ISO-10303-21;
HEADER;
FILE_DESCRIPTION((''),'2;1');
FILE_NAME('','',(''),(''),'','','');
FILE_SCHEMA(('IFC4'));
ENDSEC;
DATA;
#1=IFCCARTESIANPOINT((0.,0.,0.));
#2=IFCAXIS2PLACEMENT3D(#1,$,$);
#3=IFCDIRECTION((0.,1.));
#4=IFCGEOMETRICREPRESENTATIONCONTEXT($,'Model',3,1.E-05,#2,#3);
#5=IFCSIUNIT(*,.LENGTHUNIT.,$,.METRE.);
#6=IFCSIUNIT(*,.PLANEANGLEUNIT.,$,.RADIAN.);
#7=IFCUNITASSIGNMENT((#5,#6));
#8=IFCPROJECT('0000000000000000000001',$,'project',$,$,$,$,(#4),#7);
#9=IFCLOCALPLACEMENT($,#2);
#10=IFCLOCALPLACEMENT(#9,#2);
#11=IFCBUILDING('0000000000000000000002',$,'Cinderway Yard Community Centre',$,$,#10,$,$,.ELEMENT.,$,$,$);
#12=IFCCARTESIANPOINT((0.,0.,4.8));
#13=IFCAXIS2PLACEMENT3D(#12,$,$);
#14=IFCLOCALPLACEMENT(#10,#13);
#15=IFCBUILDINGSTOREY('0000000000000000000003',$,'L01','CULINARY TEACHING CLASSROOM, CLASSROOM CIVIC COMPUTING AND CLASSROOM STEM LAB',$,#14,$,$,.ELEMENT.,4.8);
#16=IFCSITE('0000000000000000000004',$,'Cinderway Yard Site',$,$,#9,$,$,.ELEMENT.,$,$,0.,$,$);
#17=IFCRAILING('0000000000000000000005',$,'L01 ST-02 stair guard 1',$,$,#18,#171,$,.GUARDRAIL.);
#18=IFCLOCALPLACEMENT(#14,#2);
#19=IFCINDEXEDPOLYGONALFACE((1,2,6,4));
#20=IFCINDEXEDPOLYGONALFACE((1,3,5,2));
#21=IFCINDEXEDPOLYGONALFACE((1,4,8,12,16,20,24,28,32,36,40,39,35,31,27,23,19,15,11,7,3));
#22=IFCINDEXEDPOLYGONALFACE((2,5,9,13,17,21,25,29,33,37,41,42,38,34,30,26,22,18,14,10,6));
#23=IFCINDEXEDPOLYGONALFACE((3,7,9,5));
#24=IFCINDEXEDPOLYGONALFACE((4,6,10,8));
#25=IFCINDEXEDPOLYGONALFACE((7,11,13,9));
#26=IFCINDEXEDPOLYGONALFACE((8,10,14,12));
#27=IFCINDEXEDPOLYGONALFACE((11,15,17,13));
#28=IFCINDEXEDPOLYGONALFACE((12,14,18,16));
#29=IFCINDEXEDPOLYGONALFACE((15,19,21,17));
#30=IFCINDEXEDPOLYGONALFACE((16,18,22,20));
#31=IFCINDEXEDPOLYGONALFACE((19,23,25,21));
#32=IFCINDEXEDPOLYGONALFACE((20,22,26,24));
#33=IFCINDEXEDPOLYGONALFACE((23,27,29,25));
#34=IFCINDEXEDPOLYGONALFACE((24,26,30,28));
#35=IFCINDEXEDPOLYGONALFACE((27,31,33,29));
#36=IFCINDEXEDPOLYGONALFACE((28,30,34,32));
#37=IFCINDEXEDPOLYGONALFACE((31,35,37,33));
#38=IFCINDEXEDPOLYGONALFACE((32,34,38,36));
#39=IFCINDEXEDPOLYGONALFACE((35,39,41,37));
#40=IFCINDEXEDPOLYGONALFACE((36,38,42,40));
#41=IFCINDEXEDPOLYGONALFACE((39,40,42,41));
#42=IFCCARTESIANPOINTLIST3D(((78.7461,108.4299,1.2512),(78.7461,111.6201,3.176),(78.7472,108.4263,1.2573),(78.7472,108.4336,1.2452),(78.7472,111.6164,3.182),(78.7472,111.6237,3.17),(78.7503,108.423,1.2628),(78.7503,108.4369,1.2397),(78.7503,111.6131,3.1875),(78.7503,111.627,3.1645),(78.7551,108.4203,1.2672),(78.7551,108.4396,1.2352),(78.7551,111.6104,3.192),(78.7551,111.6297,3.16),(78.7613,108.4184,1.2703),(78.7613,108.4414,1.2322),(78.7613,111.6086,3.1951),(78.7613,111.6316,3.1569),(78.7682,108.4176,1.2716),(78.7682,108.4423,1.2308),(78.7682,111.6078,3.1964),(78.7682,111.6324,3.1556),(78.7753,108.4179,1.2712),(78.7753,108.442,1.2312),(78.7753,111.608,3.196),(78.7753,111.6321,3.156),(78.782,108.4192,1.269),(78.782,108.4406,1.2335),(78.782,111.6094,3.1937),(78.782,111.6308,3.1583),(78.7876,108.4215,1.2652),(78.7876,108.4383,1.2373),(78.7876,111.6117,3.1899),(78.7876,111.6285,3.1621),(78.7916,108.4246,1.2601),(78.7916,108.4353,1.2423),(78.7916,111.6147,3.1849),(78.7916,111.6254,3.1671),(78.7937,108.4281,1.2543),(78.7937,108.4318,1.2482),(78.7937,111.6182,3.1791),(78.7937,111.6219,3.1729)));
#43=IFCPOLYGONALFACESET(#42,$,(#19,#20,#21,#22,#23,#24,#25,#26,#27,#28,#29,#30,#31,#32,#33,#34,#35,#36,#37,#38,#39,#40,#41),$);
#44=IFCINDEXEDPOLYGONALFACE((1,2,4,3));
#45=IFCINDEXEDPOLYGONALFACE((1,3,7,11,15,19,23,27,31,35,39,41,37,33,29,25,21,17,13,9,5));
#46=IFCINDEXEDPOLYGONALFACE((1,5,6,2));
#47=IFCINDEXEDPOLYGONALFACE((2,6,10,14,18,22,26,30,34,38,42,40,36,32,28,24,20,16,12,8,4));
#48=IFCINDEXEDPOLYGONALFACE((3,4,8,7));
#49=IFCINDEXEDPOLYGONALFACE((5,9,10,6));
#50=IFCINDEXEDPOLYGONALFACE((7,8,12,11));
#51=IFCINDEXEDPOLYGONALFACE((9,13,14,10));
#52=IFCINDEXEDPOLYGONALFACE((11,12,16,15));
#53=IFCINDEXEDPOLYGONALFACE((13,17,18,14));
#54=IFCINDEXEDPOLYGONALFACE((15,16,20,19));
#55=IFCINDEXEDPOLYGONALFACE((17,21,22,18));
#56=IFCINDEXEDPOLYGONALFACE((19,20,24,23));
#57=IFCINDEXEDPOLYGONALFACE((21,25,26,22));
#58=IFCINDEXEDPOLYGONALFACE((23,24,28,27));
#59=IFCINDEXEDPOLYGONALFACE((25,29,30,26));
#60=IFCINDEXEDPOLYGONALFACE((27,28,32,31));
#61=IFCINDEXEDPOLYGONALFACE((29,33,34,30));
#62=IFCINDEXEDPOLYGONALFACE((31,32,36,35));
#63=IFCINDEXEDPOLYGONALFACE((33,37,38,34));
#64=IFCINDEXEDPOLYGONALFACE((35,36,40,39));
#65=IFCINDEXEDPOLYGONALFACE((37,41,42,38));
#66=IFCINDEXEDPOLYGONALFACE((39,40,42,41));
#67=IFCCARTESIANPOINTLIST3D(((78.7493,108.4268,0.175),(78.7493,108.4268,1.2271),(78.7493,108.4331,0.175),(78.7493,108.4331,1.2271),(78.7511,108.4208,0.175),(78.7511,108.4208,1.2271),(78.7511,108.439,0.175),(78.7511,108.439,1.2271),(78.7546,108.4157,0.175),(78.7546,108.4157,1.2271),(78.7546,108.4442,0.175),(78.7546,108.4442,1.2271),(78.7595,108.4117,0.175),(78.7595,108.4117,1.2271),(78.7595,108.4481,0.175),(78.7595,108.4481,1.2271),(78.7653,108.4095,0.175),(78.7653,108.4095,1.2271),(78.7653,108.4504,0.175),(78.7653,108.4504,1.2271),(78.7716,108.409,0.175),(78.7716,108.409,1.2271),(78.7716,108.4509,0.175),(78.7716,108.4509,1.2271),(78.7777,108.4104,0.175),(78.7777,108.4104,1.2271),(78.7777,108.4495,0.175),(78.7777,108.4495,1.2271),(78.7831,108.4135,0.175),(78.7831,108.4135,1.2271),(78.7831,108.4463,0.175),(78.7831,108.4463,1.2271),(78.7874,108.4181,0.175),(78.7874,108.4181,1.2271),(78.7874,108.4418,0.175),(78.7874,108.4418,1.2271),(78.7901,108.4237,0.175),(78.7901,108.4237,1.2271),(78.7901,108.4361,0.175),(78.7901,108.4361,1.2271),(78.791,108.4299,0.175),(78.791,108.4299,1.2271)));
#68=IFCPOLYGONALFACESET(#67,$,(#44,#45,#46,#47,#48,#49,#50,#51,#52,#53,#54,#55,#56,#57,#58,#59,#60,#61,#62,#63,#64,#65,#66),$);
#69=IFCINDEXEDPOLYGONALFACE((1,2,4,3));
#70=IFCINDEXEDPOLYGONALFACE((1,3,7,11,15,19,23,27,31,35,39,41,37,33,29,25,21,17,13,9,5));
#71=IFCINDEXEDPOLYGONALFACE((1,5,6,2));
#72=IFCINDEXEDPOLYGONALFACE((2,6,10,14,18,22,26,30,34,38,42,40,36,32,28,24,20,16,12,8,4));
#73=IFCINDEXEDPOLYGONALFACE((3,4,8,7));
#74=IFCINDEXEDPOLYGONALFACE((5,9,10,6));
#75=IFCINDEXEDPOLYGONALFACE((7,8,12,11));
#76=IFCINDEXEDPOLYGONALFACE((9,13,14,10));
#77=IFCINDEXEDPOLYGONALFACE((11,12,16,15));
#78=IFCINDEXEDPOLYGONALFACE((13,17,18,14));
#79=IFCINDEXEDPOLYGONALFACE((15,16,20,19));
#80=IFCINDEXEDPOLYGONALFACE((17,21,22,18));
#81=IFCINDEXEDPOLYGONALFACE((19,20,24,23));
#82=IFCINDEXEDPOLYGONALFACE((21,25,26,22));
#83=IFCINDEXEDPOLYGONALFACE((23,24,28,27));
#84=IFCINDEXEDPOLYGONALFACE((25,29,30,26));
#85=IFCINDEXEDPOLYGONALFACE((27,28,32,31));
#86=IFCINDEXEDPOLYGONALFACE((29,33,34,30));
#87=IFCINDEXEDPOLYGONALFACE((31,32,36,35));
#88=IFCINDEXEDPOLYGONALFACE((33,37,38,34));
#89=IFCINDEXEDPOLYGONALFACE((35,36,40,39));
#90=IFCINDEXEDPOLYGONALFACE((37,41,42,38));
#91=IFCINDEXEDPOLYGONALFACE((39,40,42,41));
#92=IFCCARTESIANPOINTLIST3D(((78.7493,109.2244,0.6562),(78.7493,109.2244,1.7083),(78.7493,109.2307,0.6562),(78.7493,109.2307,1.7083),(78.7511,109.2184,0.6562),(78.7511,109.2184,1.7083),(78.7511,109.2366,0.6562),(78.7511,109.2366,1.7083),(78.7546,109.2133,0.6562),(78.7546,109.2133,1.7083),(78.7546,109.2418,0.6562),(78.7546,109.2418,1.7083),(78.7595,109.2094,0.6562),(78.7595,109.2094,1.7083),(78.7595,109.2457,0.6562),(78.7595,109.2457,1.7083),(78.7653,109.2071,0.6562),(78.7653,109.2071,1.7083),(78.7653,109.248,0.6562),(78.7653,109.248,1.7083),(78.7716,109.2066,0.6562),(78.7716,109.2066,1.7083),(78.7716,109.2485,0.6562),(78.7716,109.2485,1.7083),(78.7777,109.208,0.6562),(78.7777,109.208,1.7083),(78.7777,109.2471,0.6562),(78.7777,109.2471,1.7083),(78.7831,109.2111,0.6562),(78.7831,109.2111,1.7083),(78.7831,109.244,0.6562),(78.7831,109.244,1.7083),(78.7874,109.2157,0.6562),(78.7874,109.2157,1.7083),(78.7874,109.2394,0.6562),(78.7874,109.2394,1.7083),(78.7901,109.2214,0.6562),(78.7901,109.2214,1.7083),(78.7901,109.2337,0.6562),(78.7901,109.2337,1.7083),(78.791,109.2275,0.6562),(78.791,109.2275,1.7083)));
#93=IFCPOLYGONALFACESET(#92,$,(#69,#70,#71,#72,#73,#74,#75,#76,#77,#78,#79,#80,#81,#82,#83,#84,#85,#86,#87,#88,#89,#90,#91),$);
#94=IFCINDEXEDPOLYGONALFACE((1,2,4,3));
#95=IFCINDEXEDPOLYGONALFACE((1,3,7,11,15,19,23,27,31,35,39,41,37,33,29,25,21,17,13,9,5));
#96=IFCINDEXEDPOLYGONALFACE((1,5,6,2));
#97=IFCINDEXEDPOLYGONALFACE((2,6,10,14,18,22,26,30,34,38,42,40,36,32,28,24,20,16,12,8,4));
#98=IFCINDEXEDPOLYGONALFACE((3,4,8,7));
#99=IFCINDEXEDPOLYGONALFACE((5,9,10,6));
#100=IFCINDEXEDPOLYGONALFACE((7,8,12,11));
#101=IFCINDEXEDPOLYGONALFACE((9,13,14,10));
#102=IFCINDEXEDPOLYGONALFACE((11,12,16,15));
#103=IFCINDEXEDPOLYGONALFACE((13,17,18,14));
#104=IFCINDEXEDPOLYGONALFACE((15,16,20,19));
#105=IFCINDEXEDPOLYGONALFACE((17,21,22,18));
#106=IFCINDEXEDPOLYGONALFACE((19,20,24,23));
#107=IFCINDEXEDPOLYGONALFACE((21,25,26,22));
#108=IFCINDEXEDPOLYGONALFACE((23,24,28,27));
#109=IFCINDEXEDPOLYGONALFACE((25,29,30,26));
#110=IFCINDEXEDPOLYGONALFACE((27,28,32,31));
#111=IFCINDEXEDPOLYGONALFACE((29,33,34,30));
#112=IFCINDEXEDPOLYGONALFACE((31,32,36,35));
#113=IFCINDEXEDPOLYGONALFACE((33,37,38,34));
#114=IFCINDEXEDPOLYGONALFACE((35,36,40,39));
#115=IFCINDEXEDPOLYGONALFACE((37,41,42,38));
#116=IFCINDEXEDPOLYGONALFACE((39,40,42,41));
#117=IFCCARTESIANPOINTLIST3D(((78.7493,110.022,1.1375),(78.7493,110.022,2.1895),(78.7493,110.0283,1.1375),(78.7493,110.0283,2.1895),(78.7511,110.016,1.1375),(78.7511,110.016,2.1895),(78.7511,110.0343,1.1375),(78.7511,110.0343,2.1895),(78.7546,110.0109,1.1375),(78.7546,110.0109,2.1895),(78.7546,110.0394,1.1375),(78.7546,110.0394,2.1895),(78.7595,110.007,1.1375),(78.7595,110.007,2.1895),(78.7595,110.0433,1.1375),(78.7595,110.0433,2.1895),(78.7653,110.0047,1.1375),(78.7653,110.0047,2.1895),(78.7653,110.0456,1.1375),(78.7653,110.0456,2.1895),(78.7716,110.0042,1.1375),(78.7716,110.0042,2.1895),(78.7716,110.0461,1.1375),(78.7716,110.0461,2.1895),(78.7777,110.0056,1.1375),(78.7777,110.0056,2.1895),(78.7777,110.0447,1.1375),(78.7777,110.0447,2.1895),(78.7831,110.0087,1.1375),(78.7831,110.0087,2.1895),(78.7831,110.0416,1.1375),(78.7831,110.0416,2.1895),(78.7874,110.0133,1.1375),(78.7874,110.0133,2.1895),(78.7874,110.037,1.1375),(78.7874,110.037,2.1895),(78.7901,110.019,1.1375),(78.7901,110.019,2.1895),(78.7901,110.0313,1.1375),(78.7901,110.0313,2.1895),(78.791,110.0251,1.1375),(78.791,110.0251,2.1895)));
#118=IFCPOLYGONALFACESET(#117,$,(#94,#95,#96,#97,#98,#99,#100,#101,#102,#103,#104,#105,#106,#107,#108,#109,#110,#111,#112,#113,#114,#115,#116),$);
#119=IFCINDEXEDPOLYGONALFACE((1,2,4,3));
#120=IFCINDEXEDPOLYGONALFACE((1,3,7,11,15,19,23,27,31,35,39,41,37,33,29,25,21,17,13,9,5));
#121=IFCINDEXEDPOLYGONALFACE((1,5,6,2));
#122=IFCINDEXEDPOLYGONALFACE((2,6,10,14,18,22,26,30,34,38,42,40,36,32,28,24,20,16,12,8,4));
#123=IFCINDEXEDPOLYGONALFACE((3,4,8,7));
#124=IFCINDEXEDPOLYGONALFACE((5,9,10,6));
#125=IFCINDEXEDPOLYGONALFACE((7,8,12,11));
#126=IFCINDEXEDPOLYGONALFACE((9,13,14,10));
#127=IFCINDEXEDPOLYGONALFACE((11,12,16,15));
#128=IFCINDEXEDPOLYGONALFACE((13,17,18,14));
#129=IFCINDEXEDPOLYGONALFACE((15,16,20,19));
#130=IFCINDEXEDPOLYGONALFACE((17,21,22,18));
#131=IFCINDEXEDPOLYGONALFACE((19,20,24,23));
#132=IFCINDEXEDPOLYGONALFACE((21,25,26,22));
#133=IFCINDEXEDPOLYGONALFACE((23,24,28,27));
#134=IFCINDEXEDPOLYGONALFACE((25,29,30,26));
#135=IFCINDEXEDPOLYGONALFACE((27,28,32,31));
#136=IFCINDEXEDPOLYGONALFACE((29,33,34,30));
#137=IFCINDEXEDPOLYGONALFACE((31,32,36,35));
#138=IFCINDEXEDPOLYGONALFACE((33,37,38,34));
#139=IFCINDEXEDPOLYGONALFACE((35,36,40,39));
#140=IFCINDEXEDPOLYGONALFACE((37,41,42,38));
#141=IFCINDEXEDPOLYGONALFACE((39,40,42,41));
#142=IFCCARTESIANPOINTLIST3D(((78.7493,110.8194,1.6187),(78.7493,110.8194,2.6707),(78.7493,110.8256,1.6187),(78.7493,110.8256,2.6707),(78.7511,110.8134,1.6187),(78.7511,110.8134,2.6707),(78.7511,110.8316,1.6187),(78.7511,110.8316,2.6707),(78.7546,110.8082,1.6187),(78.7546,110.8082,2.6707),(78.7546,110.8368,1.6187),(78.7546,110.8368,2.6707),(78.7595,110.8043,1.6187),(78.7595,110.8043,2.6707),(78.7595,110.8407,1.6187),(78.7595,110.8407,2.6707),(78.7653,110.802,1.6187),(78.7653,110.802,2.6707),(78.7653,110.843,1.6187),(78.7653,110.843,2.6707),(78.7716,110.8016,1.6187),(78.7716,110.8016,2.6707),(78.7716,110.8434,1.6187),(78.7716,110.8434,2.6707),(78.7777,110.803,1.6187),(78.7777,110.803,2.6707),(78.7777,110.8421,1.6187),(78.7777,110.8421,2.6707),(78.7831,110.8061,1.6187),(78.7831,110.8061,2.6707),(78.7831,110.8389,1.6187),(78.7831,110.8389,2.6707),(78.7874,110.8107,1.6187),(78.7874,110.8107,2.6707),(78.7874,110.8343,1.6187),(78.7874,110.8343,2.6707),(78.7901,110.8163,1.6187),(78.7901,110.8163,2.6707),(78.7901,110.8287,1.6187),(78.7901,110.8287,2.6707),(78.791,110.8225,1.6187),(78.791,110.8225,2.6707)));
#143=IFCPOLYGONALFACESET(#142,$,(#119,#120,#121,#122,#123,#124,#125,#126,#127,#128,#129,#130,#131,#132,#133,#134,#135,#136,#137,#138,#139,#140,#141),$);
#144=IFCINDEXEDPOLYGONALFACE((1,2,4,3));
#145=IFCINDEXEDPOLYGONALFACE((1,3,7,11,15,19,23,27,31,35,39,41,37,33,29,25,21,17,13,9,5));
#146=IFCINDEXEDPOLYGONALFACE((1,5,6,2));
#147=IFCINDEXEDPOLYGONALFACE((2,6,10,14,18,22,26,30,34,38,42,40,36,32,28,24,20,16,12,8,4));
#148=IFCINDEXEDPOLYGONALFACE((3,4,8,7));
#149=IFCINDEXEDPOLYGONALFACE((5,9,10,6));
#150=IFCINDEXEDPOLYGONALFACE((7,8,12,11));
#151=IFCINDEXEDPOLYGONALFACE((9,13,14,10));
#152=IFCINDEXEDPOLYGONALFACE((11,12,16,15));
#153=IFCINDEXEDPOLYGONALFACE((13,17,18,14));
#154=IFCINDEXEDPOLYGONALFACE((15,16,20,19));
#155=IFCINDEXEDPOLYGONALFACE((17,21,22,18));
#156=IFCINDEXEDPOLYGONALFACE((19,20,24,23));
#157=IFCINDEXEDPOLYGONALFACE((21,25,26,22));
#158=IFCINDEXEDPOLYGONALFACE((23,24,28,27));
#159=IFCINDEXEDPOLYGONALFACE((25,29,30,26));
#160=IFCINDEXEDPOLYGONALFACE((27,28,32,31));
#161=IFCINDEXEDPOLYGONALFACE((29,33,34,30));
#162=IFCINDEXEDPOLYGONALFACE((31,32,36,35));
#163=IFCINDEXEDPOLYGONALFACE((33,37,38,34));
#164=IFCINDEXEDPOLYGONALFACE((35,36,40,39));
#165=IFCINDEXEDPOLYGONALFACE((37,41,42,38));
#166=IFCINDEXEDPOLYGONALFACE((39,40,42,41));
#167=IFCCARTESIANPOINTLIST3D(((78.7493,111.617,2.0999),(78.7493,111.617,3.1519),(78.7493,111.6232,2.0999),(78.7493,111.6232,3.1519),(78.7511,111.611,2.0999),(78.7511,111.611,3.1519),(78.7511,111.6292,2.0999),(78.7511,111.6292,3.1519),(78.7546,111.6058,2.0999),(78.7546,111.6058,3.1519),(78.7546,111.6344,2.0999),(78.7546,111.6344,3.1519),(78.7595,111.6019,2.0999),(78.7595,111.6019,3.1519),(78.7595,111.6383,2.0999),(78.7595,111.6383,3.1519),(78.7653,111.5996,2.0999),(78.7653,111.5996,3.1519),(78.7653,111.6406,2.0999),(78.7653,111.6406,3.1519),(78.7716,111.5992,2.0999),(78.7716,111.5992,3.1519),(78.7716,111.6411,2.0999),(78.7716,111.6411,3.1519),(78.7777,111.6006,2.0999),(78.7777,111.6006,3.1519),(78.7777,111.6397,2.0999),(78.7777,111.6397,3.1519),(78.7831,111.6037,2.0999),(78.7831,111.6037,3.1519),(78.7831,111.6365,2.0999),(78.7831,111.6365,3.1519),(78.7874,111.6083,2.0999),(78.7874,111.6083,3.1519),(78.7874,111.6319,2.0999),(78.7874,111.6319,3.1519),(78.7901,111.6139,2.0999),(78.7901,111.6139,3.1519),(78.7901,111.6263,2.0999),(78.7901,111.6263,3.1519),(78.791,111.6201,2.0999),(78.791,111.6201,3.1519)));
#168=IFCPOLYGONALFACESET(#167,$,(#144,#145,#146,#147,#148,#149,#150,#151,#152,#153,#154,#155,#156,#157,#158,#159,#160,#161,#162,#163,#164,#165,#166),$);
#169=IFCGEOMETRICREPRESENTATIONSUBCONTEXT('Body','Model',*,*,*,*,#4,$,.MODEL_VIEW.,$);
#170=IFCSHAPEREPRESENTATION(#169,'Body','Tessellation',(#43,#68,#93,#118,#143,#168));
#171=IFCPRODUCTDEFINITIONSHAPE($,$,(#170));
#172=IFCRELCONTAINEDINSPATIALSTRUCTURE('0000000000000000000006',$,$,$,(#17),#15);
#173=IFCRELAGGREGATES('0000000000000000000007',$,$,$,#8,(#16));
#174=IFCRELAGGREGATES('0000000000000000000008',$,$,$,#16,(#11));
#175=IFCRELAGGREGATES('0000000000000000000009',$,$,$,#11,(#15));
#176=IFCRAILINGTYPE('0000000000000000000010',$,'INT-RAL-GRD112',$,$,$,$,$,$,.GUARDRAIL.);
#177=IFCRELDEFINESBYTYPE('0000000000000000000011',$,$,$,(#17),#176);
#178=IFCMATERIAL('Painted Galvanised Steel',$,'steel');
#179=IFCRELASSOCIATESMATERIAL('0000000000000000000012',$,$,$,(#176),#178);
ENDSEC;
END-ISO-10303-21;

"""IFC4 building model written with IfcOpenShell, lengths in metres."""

from ifc_helpers import new_model, si_unit, direction, frame, origin, origin_2d, place, context, subcontext, project, spatial, circle, extrude, material, type_object, element, save


model = new_model("IFC4")

# Units and contexts
model_context = context("Model", 3, precision=1e-05, world=origin(), true_north=direction((0.0, 1.0)))
body_context = subcontext(model_context, "Body", "Model", "MODEL_VIEW")
ifc_project = project(units=[si_unit("LENGTHUNIT", "METRE"), si_unit("PLANEANGLEUNIT", "RADIAN")], contexts=[model_context])

# Site, building, storey
site_placement = place(None, origin())
site = spatial("IfcSite", under=ifc_project, at=site_placement, Name="Cinderway Yard Site", CompositionType="ELEMENT", RefElevation=0.0)
building_placement = place(site_placement, origin())
building = spatial("IfcBuilding", under=site, at=building_placement, Name="Cinderway Yard Community Centre", CompositionType="ELEMENT")
storey_placement = place(building_placement, frame((0.0, 0.0, 4.8)))
storey = spatial("IfcBuildingStorey", under=building, at=storey_placement, Name="L01", Description="CULINARY TEACHING CLASSROOM, CLASSROOM CIVIC COMPUTING AND CLASSROOM STEM LAB", CompositionType="ELEMENT", Elevation=4.8)

# Shared definitions
ifc_material_1 = material(Name="Painted Galvanised Steel", Category="steel")

# Railing
railing_type_1 = type_object("IfcRailingType", Name="INT-RAL-GRD112", PredefinedType="GUARDRAIL", material=ifc_material_1)
railing_1_placement = place(storey_placement, frame((78.77, 108.4299, 0.175)))
element("IfcRailing", 1, at=railing_1_placement, inside=storey, type_object=railing_type_1, Name="L01 ST-02 stair guard 1", PredefinedType="GUARDRAIL", context=body_context, shape_type="SweptSolid", body=[
    extrude(circle(Radius=0.0239, at=origin_2d()), frame((0.0, 0.0, 1.0762), z_axis=(0.0, 0.856224, 0.516605), x_axis=(-1.0, 0.0, 0.0)), (0.0, 0.0, 1.0), 3.7258),
    extrude(circle(Radius=0.021, at=origin_2d()), origin(), (0.0, 0.0, 1.0), 1.052),
    extrude(circle(Radius=0.021, at=origin_2d()), frame((0.0, 0.7976, 0.4812)), (0.0, 0.0, 1.0), 1.052),
    extrude(circle(Radius=0.021, at=origin_2d()), frame((0.0, 1.5952, 0.9624)), (0.0, 0.0, 1.0), 1.052),
    extrude(circle(Radius=0.021, at=origin_2d()), frame((0.0, 2.3926, 1.4436)), (0.0, 0.0, 1.0), 1.052),
    extrude(circle(Radius=0.021, at=origin_2d()), frame((0.0, 3.1902, 1.9248)), (0.0, 0.0, 1.0), 1.052),
])

save(model, "model.ifc")
